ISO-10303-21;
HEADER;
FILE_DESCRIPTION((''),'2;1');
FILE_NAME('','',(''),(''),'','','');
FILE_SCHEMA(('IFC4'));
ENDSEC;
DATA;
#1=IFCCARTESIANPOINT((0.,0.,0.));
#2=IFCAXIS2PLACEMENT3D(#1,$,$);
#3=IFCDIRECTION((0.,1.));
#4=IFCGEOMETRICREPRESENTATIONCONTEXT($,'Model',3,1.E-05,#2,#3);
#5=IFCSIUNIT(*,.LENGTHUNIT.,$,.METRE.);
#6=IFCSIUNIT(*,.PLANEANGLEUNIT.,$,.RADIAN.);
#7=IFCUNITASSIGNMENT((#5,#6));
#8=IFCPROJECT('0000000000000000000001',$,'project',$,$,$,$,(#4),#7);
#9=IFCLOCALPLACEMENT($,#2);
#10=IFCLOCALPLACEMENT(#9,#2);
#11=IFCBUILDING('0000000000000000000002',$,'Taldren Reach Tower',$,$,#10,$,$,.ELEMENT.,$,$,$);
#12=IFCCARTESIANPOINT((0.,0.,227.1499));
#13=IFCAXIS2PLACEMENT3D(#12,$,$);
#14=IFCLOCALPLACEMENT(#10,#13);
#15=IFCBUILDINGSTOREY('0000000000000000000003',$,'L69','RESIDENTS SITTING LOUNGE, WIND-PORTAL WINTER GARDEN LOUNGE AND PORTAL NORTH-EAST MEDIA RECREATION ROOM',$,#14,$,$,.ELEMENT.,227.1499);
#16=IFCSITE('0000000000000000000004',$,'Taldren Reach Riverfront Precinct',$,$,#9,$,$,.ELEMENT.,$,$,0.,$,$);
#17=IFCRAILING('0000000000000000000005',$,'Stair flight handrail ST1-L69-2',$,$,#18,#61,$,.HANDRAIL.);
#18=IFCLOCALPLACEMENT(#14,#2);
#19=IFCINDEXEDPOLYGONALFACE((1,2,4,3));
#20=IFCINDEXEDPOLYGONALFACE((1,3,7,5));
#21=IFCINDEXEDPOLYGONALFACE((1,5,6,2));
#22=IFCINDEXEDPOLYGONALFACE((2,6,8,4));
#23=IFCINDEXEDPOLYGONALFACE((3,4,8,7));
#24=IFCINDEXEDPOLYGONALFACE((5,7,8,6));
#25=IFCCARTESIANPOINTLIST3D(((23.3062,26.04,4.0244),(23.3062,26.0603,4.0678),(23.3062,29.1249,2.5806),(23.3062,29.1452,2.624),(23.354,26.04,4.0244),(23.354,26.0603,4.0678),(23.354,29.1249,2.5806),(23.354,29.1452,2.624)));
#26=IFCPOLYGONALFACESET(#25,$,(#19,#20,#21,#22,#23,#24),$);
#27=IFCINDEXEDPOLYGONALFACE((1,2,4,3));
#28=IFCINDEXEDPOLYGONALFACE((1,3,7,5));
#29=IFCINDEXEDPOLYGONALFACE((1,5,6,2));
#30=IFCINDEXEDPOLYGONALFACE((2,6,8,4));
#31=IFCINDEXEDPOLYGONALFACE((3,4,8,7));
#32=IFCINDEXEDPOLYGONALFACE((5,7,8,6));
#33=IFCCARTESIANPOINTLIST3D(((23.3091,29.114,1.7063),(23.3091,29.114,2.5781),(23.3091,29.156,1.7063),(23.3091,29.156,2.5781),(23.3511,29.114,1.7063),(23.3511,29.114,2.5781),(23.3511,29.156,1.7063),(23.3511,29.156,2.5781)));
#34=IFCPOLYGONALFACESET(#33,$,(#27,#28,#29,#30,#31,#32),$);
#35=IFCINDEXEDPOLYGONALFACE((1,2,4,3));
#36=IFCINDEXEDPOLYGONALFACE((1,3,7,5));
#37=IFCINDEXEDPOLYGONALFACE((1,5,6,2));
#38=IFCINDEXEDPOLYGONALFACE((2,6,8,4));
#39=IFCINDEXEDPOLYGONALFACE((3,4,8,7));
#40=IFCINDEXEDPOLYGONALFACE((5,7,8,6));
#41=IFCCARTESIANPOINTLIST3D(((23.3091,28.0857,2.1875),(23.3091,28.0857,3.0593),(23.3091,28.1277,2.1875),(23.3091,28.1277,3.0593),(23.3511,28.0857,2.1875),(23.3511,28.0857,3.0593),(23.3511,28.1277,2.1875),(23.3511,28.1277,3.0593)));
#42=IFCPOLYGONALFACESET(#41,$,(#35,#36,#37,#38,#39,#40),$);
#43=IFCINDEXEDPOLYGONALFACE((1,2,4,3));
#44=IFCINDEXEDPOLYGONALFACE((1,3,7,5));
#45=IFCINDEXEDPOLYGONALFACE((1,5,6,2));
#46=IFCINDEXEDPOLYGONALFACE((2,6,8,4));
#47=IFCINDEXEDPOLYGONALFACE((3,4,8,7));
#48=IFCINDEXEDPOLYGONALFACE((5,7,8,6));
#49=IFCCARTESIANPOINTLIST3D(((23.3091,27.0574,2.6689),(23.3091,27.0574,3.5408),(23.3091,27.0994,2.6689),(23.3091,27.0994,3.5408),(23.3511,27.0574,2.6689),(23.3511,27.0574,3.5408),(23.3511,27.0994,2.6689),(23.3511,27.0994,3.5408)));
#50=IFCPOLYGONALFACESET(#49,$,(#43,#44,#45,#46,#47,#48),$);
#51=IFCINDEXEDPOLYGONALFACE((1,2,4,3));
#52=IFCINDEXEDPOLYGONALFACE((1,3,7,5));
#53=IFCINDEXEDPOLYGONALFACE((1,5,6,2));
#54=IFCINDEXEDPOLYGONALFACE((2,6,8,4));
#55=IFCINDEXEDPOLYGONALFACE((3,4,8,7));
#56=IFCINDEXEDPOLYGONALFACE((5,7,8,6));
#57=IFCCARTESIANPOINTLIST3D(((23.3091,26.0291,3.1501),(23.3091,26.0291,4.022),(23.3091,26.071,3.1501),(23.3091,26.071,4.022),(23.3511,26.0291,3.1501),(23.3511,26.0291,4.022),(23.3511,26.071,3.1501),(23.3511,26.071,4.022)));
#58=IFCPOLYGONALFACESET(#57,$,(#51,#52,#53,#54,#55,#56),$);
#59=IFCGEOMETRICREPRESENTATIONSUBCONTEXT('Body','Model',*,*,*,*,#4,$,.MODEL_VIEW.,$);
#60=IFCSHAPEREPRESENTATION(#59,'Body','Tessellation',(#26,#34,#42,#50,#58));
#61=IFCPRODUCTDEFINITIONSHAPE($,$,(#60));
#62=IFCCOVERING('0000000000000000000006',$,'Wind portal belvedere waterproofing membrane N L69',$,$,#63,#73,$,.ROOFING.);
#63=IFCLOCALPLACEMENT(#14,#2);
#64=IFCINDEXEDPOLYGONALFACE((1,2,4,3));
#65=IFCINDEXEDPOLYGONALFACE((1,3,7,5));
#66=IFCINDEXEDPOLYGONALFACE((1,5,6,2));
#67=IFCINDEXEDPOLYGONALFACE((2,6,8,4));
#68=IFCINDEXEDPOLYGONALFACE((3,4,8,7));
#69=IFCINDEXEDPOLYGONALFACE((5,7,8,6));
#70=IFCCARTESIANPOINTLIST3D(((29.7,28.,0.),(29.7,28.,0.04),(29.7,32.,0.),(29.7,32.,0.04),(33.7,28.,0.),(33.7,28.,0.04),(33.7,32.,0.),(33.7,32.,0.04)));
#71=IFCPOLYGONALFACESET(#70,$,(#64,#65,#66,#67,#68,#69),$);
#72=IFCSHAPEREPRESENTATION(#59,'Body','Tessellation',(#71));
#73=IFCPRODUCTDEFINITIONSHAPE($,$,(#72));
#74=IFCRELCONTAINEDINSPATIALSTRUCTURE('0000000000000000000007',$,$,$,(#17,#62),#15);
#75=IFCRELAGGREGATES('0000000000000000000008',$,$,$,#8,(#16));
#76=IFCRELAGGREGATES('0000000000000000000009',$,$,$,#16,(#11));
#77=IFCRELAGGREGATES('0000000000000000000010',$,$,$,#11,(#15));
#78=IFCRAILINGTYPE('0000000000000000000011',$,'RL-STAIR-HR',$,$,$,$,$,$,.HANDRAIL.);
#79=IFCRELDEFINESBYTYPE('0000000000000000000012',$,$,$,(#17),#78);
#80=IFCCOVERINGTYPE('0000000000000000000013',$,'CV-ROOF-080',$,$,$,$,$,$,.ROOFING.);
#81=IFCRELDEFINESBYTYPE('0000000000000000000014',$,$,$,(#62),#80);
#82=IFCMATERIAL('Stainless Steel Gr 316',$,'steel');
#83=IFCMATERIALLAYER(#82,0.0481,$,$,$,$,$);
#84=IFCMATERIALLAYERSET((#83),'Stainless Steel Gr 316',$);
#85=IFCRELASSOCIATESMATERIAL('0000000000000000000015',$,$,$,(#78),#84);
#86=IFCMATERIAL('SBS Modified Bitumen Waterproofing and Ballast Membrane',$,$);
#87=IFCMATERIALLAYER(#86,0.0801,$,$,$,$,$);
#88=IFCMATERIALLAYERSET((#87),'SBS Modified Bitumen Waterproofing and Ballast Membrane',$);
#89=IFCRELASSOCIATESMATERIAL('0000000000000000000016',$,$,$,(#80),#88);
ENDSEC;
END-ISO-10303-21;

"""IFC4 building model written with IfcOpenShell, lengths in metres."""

from ifc_helpers import new_model, si_unit, direction, frame, origin, origin_2d, place, context, subcontext, project, spatial, rectangle, extrude, source, transform, mapped, material, layer, layer_set, type_object, element, save


model = new_model("IFC4")

# Units and contexts
model_context = context("Model", 3, precision=1e-05, world=origin(), true_north=direction((0.0, 1.0)))
body_context = subcontext(model_context, "Body", "Model", "MODEL_VIEW")
ifc_project = project(units=[si_unit("LENGTHUNIT", "METRE"), si_unit("PLANEANGLEUNIT", "RADIAN")], contexts=[model_context])

# Site, building, storey
site_placement = place(None, origin())
site = spatial("IfcSite", under=ifc_project, at=site_placement, Name="Taldren Reach Riverfront Precinct", CompositionType="ELEMENT", RefElevation=0.0)
building_placement = place(site_placement, origin())
building = spatial("IfcBuilding", under=site, at=building_placement, Name="Taldren Reach Tower", CompositionType="ELEMENT")
storey_placement = place(building_placement, frame((0.0, 0.0, 227.1499)))
storey = spatial("IfcBuildingStorey", under=building, at=storey_placement, Name="L69", Description="RESIDENTS SITTING LOUNGE, WIND-PORTAL WINTER GARDEN LOUNGE AND PORTAL NORTH-EAST MEDIA RECREATION ROOM", CompositionType="ELEMENT", Elevation=227.1499)

# Railing
ifc_material_1 = material(Name="Stainless Steel Gr 316", Category="steel")
ifc_layer_1 = layer(ifc_material_1, 0.0481)
ifc_layer_set_1 = layer_set([ifc_layer_1], Name="Stainless Steel Gr 316")
railing_type = type_object("IfcRailingType", Name="RL-STAIR-HR", PredefinedType="HANDRAIL", material=ifc_layer_set_1)
railing_placement = place(storey_placement, frame((23.3301, 29.135, 1.7063)))
element("IfcRailing", 1, at=railing_placement, inside=storey, type_object=railing_type, Name="Stair flight handrail ST1-L69-2", PredefinedType="HANDRAIL", context=body_context, shape_type="SweptSolid", body=[
    extrude(rectangle(XDim=0.0479, YDim=0.0479, at=origin_2d()), frame((0.0, 0.0, 0.896), z_axis=(0.0, -0.90571, 0.423898), x_axis=(1.0, 0.0, 0.0)), (0.0, 0.0, 1.0), 3.406),
    extrude(rectangle(XDim=0.042, YDim=0.042, at=origin_2d()), origin(), (0.0, 0.0, 1.0), 0.8718),
    extrude(rectangle(XDim=0.042, YDim=0.042, at=origin_2d()), frame((0.0, -1.0283, 0.4812)), (0.0, 0.0, 1.0), 0.8718),
    extrude(rectangle(XDim=0.042, YDim=0.042, at=origin_2d()), frame((0.0, -2.0566, 0.9626)), (0.0, 0.0, 1.0), 0.8718),
    extrude(rectangle(XDim=0.042, YDim=0.042, at=origin_2d()), frame((0.0, -3.085, 1.4438)), (0.0, 0.0, 1.0), 0.8718),
])

# Covering
ifc_material_2 = material(Name="SBS Modified Bitumen Waterproofing and Ballast Membrane")
ifc_layer_2 = layer(ifc_material_2, 0.0801)
ifc_layer_set_2 = layer_set([ifc_layer_2], Name="SBS Modified Bitumen Waterproofing and Ballast Membrane")
covering_type = type_object("IfcCoveringType", Name="CV-ROOF-080", PredefinedType="ROOFING", material=ifc_layer_set_2)
shared_shape_1 = source(origin(), body_context, "Body", "SweptSolid", [
    extrude(rectangle(XDim=4.0, YDim=4.0, at=origin_2d()), origin(), (0.0, 0.0, 1.0), 0.04),
])
covering_placement = place(storey_placement, frame((31.7, 30.0, 0.0), z_axis=(0.0, 0.0, 1.0), x_axis=(1.0, 0.0, 0.0)))
element("IfcCovering", 2, at=covering_placement, inside=storey, type_object=covering_type, Name="Wind portal belvedere waterproofing membrane N L69", PredefinedType="ROOFING", context=body_context, shape_type="MappedRepresentation", body=[
    mapped(shared_shape_1, transform((0.0, 0.0, 0.0), scale=1.0)),
])

save(model, "model.ifc")
